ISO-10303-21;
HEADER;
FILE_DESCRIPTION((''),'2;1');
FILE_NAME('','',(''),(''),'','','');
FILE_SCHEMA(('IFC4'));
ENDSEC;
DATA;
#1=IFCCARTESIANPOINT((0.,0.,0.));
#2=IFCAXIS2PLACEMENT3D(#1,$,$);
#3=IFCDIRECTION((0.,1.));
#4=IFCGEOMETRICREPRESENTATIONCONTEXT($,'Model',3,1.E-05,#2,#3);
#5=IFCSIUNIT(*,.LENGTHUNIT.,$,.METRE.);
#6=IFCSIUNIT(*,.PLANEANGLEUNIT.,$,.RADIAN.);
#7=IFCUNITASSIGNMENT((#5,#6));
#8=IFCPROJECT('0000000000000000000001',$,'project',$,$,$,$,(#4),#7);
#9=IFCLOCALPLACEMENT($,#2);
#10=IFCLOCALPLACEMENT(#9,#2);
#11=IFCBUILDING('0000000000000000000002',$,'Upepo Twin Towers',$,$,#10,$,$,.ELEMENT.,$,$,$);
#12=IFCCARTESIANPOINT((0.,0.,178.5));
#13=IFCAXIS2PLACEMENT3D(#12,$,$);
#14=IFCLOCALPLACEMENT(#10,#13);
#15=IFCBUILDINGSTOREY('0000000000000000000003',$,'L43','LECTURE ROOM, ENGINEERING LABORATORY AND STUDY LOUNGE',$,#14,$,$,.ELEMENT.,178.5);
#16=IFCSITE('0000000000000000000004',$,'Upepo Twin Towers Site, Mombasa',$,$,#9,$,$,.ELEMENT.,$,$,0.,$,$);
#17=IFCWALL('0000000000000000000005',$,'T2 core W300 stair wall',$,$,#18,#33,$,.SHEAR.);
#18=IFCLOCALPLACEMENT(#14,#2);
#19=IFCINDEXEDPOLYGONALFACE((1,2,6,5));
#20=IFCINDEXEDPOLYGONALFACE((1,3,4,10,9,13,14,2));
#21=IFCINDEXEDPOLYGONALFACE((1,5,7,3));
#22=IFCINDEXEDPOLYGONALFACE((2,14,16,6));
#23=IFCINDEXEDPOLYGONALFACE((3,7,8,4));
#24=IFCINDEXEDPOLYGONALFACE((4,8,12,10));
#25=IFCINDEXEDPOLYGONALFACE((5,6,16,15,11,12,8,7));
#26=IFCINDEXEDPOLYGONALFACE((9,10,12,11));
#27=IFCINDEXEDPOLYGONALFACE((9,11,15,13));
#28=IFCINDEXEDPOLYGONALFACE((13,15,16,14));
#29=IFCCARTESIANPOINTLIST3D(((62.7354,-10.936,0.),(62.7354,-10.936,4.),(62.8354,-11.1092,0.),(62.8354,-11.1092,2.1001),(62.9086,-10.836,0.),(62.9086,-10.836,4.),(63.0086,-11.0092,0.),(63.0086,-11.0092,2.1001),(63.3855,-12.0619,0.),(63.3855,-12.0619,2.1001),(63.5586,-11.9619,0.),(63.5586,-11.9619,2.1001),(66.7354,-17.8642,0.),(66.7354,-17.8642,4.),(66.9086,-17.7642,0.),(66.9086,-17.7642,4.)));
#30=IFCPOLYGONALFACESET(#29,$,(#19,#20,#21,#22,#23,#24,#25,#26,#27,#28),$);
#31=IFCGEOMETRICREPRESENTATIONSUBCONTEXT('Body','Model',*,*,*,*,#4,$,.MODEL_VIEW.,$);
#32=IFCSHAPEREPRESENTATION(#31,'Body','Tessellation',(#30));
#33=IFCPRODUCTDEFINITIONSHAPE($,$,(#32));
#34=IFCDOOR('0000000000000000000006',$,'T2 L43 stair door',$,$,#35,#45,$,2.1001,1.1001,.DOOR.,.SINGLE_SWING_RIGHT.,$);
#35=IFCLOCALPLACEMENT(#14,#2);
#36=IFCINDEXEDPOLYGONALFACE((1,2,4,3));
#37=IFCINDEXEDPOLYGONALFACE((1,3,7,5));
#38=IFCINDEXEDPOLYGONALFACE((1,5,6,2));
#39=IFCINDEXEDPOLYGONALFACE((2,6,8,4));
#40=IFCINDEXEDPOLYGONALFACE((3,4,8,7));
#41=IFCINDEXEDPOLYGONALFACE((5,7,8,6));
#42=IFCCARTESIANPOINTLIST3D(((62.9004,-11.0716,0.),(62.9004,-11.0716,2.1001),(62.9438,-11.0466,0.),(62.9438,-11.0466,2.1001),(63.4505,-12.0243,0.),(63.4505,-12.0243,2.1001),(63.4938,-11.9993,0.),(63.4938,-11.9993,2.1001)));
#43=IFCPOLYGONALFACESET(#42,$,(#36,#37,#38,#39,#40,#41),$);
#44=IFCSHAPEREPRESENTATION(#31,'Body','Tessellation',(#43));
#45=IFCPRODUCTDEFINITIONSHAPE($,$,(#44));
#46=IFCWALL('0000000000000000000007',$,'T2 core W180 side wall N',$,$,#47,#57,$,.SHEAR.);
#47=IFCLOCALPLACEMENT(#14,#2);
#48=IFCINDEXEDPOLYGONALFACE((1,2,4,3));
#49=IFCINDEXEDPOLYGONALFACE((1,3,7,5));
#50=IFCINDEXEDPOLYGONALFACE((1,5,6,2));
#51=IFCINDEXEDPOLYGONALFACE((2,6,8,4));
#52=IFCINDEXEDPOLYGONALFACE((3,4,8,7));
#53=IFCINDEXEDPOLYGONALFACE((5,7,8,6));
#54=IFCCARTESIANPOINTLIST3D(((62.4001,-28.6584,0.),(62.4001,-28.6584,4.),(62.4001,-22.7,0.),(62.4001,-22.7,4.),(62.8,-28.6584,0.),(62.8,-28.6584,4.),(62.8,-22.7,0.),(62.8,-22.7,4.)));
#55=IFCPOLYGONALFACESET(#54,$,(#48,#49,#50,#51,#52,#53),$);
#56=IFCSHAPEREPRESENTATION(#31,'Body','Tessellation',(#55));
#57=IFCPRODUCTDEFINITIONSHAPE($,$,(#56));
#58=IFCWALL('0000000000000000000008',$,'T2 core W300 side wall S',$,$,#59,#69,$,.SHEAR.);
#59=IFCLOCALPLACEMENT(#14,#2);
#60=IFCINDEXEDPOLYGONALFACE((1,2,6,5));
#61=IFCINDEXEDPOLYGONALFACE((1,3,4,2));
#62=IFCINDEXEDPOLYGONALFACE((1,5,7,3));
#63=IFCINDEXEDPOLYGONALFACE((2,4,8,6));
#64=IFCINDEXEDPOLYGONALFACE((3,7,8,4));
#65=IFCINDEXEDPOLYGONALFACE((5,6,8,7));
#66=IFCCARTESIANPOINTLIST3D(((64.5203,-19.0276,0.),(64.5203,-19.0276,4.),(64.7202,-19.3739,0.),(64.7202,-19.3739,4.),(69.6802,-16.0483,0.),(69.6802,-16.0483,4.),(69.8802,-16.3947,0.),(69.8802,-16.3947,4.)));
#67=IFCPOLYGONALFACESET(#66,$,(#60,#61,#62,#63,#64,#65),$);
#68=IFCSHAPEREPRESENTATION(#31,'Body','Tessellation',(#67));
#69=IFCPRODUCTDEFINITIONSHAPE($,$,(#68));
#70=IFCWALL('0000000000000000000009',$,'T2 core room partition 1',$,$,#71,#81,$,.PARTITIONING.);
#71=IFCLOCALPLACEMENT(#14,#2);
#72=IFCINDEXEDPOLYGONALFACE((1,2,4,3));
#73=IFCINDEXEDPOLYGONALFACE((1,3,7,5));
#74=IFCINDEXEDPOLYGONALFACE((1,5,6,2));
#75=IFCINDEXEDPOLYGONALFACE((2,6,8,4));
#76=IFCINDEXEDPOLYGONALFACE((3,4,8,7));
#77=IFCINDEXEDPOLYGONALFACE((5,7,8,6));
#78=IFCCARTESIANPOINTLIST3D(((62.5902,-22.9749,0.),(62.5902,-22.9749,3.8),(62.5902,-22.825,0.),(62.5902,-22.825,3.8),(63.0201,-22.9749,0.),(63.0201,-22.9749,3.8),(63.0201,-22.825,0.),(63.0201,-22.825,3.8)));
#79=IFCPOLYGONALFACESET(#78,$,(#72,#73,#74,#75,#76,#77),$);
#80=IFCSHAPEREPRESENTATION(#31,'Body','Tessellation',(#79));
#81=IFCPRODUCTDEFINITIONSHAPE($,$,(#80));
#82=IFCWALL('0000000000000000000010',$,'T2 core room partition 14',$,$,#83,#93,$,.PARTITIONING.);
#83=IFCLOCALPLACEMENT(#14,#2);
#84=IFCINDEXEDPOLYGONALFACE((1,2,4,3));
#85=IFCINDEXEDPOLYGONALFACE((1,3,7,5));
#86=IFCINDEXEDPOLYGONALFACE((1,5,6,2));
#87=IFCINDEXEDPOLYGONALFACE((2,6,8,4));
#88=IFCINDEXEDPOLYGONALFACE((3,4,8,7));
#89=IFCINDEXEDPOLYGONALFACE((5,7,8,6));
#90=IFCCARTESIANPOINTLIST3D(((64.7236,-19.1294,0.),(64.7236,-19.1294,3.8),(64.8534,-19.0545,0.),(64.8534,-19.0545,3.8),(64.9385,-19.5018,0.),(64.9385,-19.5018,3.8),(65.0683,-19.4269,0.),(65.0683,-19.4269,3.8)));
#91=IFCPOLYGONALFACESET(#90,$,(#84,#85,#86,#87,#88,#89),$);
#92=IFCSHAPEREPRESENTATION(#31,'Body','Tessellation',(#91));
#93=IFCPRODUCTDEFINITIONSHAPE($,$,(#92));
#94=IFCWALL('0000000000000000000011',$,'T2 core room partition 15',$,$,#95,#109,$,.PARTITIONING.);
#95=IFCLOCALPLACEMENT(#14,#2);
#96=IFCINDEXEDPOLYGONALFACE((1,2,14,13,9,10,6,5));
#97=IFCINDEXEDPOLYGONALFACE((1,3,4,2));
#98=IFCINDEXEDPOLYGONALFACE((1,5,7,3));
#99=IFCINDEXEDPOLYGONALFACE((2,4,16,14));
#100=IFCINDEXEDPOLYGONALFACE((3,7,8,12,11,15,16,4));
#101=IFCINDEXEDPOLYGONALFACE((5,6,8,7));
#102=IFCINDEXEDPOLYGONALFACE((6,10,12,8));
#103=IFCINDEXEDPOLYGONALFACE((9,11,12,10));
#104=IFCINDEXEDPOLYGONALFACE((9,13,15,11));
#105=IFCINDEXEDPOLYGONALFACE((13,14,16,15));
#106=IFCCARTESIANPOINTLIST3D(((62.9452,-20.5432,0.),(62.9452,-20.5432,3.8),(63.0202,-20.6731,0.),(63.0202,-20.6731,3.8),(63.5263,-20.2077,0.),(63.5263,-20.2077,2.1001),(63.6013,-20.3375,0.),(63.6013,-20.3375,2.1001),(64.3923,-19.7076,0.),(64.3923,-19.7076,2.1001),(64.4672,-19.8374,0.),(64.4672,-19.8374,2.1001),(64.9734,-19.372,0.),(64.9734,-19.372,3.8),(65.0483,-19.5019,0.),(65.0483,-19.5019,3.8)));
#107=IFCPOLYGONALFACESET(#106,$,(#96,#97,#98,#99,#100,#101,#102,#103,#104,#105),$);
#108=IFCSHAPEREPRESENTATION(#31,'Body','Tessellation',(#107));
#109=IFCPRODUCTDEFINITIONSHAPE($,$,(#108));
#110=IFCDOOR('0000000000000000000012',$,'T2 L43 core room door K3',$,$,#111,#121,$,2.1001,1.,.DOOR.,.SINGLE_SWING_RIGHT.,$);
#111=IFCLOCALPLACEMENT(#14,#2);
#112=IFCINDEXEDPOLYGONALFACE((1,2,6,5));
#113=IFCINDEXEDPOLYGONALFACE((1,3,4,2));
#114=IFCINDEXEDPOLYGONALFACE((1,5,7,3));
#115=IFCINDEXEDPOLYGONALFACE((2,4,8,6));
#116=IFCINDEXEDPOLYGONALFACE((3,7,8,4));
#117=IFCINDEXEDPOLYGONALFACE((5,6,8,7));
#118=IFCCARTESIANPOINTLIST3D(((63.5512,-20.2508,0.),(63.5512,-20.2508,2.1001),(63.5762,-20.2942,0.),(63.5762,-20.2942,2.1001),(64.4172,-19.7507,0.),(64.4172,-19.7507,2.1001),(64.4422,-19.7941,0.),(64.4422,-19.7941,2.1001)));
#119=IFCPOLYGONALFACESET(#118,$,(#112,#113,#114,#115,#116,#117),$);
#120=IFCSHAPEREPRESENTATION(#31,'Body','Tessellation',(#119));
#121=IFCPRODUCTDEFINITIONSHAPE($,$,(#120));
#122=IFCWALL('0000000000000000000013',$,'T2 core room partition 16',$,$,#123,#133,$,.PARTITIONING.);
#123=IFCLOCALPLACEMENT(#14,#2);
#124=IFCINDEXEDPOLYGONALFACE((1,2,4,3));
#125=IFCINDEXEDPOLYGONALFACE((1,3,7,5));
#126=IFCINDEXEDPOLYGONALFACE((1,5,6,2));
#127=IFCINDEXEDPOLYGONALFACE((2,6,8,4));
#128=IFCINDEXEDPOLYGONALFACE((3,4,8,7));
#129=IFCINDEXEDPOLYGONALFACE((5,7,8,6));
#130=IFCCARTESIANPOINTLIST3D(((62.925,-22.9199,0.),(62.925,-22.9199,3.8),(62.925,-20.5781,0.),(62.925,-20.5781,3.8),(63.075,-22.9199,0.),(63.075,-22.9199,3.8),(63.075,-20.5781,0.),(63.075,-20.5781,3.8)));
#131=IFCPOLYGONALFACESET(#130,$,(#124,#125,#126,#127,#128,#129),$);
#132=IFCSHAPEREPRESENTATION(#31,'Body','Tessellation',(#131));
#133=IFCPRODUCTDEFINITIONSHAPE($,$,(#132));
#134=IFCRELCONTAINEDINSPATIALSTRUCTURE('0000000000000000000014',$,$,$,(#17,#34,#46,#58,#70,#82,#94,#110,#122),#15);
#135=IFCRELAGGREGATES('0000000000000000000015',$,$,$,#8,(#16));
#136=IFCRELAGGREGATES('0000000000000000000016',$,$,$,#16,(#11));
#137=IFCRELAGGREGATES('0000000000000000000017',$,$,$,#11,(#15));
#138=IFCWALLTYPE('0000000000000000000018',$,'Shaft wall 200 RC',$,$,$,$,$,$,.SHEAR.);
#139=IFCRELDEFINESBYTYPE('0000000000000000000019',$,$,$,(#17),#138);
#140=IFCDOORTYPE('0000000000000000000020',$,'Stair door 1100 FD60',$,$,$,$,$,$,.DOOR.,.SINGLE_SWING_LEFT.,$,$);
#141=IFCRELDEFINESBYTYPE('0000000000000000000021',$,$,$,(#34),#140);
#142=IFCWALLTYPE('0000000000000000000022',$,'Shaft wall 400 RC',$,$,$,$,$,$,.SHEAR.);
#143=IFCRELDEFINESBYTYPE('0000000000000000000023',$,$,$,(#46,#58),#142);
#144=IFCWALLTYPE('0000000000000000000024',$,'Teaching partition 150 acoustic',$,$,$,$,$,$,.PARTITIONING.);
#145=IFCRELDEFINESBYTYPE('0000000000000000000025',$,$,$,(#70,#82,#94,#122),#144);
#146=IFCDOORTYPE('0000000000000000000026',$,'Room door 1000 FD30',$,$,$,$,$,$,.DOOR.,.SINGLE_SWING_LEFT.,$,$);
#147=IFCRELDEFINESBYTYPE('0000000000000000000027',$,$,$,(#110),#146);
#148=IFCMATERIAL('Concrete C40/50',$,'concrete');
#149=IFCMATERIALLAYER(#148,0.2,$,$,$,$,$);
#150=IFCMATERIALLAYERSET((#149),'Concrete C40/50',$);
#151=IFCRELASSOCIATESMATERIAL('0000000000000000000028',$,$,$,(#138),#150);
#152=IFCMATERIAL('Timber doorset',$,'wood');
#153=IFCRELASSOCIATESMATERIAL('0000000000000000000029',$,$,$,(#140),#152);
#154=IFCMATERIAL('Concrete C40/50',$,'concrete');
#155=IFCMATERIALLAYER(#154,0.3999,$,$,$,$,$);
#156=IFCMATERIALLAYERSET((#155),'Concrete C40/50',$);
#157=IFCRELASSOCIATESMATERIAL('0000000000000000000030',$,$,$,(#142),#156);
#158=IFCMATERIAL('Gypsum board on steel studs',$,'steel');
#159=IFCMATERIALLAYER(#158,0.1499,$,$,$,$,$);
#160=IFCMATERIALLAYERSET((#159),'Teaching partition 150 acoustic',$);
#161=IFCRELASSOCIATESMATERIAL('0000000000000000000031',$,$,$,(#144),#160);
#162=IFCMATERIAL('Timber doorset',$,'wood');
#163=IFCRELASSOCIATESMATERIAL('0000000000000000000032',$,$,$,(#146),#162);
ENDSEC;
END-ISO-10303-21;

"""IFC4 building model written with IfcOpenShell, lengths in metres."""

from ifc_helpers import new_model, si_unit, direction, frame, frame_2d, origin, place, context, subcontext, project, spatial, rectangle, extrude, material, layer, layer_set, type_object, element, fill, save


model = new_model("IFC4")

# Units and contexts
model_context = context("Model", 3, precision=1e-05, world=origin(), true_north=direction((0.0, 1.0)))
body_context = subcontext(model_context, "Body", "Model", "MODEL_VIEW")
ifc_project = project(units=[si_unit("LENGTHUNIT", "METRE"), si_unit("PLANEANGLEUNIT", "RADIAN")], contexts=[model_context])

# Site, building, storey
site_placement = place(None, origin())
site = spatial("IfcSite", under=ifc_project, at=site_placement, Name="Upepo Twin Towers Site, Mombasa", CompositionType="ELEMENT", RefElevation=0.0)
building_placement = place(site_placement, origin())
building = spatial("IfcBuilding", under=site, at=building_placement, Name="Upepo Twin Towers", CompositionType="ELEMENT")
storey_placement = place(building_placement, frame((0.0, 0.0, 178.5)))
storey = spatial("IfcBuildingStorey", under=building, at=storey_placement, Name="L43", Description="LECTURE ROOM, ENGINEERING LABORATORY AND STUDY LOUNGE", CompositionType="ELEMENT", Elevation=178.5)

# Shared definitions
ifc_material_1 = material(Name="Concrete C40/50", Category="concrete")
ifc_layer_1 = layer(ifc_material_1, 0.2)
ifc_layer_set_1 = layer_set([ifc_layer_1], Name="Concrete C40/50")
wall_type_1 = type_object("IfcWallType", Name="Shaft wall 200 RC", PredefinedType="SHEAR", material=ifc_layer_set_1)

# Wall, opening, door
wall_1_placement = place(storey_placement, frame((66.822, -17.8142, 0.0), z_axis=(0.0, 0.0, 1.0), x_axis=(-0.499999, 0.866026, 0.0)))
wall_1 = element("IfcWall", 1, at=wall_1_placement, inside=storey, type_object=wall_type_1, Name="T2 core W300 stair wall", PredefinedType="SHEAR", context=body_context, shape_type="SweptSolid", body=[
    extrude(rectangle(XDim=8.0, YDim=0.2, at=frame_2d((4.0, 0.0))), origin(), (0.0, 0.0, 1.0), 4.0),
])
opening_1_placement = place(wall_1_placement, frame((6.7, 0.0, 0.0)))
opening_1 = element("IfcOpeningElement", 2, at=opening_1_placement, cuts=wall_1, PredefinedType="OPENING", context=body_context, shape_type="SweptSolid", body=[
    extrude(rectangle(XDim=1.1001, YDim=2.1001, at=frame_2d((0.55, 1.05))), frame((0.0, 0.1099, 0.0), z_axis=(0.0, -1.0, 0.0), x_axis=(1.0, 0.0, 0.0)), (0.0, 0.0, 1.0), 0.22),
])
ifc_material_2 = material(Name="Timber doorset", Category="wood")
door_type_1 = type_object("IfcDoorType", Name="Stair door 1100 FD60", OperationType="SINGLE_SWING_LEFT", PredefinedType="DOOR", material=ifc_material_2)
door_1_placement = place(opening_1_placement, origin())
door_1 = element("IfcDoor", 3, at=door_1_placement, inside=storey, type_object=door_type_1, Name="T2 L43 stair door", OperationType="SINGLE_SWING_RIGHT", OverallHeight=2.1001, OverallWidth=1.1001, PredefinedType="DOOR", context=body_context, shape_type="SweptSolid", body=[
    extrude(rectangle(XDim=1.1001, YDim=2.1001, at=frame_2d((0.55, 1.05))), frame((0.0, 0.0249, 0.0), z_axis=(0.0, -1.0, 0.0), x_axis=(1.0, 0.0, 0.0)), (0.0, 0.0, 1.0), 0.05),
])
fill(opening_1, door_1)

# Walls
ifc_material_3 = material(Name="Concrete C40/50", Category="concrete")
ifc_layer_2 = layer(ifc_material_3, 0.3999)
ifc_layer_set_2 = layer_set([ifc_layer_2], Name="Concrete C40/50")
wall_type_2 = type_object("IfcWallType", Name="Shaft wall 400 RC", PredefinedType="SHEAR", material=ifc_layer_set_2)
wall_2_placement = place(storey_placement, frame((62.6001, -22.7, 0.0), z_axis=(0.0, 0.0, 1.0), x_axis=(0.0, -1.0, 0.0)))
element("IfcWall", 4, at=wall_2_placement, inside=storey, type_object=wall_type_2, Name="T2 core W180 side wall N", PredefinedType="SHEAR", context=body_context, shape_type="SweptSolid", body=[
    extrude(rectangle(XDim=5.9585, YDim=0.3999, at=frame_2d((2.9792, 0.0))), origin(), (0.0, 0.0, 1.0), 4.0),
])
wall_3_placement = place(storey_placement, frame((64.6204, -19.2007, 0.0), z_axis=(0.0, 0.0, 1.0), x_axis=(0.866013, 0.500022, 0.0)))
element("IfcWall", 5, at=wall_3_placement, inside=storey, type_object=wall_type_2, Name="T2 core W300 side wall S", PredefinedType="SHEAR", context=body_context, shape_type="SweptSolid", body=[
    extrude(rectangle(XDim=5.9583, YDim=0.3999, at=frame_2d((2.979, 0.0))), origin(), (0.0, 0.0, 1.0), 4.0),
])
ifc_material_4 = material(Name="Gypsum board on steel studs", Category="steel")
ifc_layer_3 = layer(ifc_material_4, 0.1499)
ifc_layer_set_3 = layer_set([ifc_layer_3], Name="Teaching partition 150 acoustic")
wall_type_3 = type_object("IfcWallType", Name="Teaching partition 150 acoustic", PredefinedType="PARTITIONING", material=ifc_layer_set_3)
for number, where, z_axis, x_axis, name in (
    (6, (63.02, -22.8999, 0.0), (0.0, 0.0, 1.0), (-1.0, 0.0, 0.0), "T2 core room partition 1"),
    (7, (64.7886, -19.092, 0.0), (0.0, 0.0, 1.0), (0.499804, -0.866138, 0.0), "T2 core room partition 14"),
):
    element("IfcWall", number, at=place(storey_placement, frame(where, z_axis=z_axis, x_axis=x_axis)), inside=storey, type_object=wall_type_3, Name=name, PredefinedType="PARTITIONING", context=body_context, shape_type="SweptSolid", body=[
        extrude(rectangle(XDim=0.4299, YDim=0.1499, at=frame_2d((0.2148, 0.0))), origin(), (0.0, 0.0, 1.0), 3.8),
    ])

# Wall, opening, door
wall_4_placement = place(storey_placement, frame((65.0107, -19.437, 0.0), z_axis=(0.0, 0.0, 1.0), x_axis=(-0.865982, -0.500074, 0.0)))
wall_4 = element("IfcWall", 8, at=wall_4_placement, inside=storey, type_object=wall_type_3, Name="T2 core room partition 15", PredefinedType="PARTITIONING", context=body_context, shape_type="SweptSolid", body=[
    extrude(rectangle(XDim=2.342, YDim=0.1499, at=frame_2d((1.1709, 0.0))), origin(), (0.0, 0.0, 1.0), 3.8),
])
opening_2_placement = place(wall_4_placement, frame((0.6709, 0.0, 0.0)))
opening_2 = element("IfcOpeningElement", 9, at=opening_2_placement, cuts=wall_4, PredefinedType="OPENING", context=body_context, shape_type="SweptSolid", body=[
    extrude(rectangle(XDim=1.0, YDim=2.1001, at=frame_2d((0.5, 1.05))), frame((0.0, 0.085, 0.0), z_axis=(0.0, -1.0, 0.0), x_axis=(1.0, 0.0, 0.0)), (0.0, 0.0, 1.0), 0.1699),
])
ifc_material_5 = material(Name="Timber doorset", Category="wood")
door_type_2 = type_object("IfcDoorType", Name="Room door 1000 FD30", OperationType="SINGLE_SWING_LEFT", PredefinedType="DOOR", material=ifc_material_5)
door_2_placement = place(opening_2_placement, origin())
door_2 = element("IfcDoor", 10, at=door_2_placement, inside=storey, type_object=door_type_2, Name="T2 L43 core room door K3", OperationType="SINGLE_SWING_RIGHT", OverallHeight=2.1001, OverallWidth=1.0, PredefinedType="DOOR", context=body_context, shape_type="SweptSolid", body=[
    extrude(rectangle(XDim=1.0, YDim=2.1001, at=frame_2d((0.5, 1.05))), frame((0.0, 0.0249, 0.0), z_axis=(0.0, -1.0, 0.0), x_axis=(1.0, 0.0, 0.0)), (0.0, 0.0, 1.0), 0.05),
])
fill(opening_2, door_2)

# Wall
wall_5_placement = place(storey_placement, frame((63.0, -20.5781, 0.0), z_axis=(0.0, 0.0, 1.0), x_axis=(0.0, -1.0, 0.0)))
element("IfcWall", 11, at=wall_5_placement, inside=storey, type_object=wall_type_3, Name="T2 core room partition 16", PredefinedType="PARTITIONING", context=body_context, shape_type="SweptSolid", body=[
    extrude(rectangle(XDim=2.3418, YDim=0.1499, at=frame_2d((1.1709, 0.0))), origin(), (0.0, 0.0, 1.0), 3.8),
])

save(model, "model.ifc")
